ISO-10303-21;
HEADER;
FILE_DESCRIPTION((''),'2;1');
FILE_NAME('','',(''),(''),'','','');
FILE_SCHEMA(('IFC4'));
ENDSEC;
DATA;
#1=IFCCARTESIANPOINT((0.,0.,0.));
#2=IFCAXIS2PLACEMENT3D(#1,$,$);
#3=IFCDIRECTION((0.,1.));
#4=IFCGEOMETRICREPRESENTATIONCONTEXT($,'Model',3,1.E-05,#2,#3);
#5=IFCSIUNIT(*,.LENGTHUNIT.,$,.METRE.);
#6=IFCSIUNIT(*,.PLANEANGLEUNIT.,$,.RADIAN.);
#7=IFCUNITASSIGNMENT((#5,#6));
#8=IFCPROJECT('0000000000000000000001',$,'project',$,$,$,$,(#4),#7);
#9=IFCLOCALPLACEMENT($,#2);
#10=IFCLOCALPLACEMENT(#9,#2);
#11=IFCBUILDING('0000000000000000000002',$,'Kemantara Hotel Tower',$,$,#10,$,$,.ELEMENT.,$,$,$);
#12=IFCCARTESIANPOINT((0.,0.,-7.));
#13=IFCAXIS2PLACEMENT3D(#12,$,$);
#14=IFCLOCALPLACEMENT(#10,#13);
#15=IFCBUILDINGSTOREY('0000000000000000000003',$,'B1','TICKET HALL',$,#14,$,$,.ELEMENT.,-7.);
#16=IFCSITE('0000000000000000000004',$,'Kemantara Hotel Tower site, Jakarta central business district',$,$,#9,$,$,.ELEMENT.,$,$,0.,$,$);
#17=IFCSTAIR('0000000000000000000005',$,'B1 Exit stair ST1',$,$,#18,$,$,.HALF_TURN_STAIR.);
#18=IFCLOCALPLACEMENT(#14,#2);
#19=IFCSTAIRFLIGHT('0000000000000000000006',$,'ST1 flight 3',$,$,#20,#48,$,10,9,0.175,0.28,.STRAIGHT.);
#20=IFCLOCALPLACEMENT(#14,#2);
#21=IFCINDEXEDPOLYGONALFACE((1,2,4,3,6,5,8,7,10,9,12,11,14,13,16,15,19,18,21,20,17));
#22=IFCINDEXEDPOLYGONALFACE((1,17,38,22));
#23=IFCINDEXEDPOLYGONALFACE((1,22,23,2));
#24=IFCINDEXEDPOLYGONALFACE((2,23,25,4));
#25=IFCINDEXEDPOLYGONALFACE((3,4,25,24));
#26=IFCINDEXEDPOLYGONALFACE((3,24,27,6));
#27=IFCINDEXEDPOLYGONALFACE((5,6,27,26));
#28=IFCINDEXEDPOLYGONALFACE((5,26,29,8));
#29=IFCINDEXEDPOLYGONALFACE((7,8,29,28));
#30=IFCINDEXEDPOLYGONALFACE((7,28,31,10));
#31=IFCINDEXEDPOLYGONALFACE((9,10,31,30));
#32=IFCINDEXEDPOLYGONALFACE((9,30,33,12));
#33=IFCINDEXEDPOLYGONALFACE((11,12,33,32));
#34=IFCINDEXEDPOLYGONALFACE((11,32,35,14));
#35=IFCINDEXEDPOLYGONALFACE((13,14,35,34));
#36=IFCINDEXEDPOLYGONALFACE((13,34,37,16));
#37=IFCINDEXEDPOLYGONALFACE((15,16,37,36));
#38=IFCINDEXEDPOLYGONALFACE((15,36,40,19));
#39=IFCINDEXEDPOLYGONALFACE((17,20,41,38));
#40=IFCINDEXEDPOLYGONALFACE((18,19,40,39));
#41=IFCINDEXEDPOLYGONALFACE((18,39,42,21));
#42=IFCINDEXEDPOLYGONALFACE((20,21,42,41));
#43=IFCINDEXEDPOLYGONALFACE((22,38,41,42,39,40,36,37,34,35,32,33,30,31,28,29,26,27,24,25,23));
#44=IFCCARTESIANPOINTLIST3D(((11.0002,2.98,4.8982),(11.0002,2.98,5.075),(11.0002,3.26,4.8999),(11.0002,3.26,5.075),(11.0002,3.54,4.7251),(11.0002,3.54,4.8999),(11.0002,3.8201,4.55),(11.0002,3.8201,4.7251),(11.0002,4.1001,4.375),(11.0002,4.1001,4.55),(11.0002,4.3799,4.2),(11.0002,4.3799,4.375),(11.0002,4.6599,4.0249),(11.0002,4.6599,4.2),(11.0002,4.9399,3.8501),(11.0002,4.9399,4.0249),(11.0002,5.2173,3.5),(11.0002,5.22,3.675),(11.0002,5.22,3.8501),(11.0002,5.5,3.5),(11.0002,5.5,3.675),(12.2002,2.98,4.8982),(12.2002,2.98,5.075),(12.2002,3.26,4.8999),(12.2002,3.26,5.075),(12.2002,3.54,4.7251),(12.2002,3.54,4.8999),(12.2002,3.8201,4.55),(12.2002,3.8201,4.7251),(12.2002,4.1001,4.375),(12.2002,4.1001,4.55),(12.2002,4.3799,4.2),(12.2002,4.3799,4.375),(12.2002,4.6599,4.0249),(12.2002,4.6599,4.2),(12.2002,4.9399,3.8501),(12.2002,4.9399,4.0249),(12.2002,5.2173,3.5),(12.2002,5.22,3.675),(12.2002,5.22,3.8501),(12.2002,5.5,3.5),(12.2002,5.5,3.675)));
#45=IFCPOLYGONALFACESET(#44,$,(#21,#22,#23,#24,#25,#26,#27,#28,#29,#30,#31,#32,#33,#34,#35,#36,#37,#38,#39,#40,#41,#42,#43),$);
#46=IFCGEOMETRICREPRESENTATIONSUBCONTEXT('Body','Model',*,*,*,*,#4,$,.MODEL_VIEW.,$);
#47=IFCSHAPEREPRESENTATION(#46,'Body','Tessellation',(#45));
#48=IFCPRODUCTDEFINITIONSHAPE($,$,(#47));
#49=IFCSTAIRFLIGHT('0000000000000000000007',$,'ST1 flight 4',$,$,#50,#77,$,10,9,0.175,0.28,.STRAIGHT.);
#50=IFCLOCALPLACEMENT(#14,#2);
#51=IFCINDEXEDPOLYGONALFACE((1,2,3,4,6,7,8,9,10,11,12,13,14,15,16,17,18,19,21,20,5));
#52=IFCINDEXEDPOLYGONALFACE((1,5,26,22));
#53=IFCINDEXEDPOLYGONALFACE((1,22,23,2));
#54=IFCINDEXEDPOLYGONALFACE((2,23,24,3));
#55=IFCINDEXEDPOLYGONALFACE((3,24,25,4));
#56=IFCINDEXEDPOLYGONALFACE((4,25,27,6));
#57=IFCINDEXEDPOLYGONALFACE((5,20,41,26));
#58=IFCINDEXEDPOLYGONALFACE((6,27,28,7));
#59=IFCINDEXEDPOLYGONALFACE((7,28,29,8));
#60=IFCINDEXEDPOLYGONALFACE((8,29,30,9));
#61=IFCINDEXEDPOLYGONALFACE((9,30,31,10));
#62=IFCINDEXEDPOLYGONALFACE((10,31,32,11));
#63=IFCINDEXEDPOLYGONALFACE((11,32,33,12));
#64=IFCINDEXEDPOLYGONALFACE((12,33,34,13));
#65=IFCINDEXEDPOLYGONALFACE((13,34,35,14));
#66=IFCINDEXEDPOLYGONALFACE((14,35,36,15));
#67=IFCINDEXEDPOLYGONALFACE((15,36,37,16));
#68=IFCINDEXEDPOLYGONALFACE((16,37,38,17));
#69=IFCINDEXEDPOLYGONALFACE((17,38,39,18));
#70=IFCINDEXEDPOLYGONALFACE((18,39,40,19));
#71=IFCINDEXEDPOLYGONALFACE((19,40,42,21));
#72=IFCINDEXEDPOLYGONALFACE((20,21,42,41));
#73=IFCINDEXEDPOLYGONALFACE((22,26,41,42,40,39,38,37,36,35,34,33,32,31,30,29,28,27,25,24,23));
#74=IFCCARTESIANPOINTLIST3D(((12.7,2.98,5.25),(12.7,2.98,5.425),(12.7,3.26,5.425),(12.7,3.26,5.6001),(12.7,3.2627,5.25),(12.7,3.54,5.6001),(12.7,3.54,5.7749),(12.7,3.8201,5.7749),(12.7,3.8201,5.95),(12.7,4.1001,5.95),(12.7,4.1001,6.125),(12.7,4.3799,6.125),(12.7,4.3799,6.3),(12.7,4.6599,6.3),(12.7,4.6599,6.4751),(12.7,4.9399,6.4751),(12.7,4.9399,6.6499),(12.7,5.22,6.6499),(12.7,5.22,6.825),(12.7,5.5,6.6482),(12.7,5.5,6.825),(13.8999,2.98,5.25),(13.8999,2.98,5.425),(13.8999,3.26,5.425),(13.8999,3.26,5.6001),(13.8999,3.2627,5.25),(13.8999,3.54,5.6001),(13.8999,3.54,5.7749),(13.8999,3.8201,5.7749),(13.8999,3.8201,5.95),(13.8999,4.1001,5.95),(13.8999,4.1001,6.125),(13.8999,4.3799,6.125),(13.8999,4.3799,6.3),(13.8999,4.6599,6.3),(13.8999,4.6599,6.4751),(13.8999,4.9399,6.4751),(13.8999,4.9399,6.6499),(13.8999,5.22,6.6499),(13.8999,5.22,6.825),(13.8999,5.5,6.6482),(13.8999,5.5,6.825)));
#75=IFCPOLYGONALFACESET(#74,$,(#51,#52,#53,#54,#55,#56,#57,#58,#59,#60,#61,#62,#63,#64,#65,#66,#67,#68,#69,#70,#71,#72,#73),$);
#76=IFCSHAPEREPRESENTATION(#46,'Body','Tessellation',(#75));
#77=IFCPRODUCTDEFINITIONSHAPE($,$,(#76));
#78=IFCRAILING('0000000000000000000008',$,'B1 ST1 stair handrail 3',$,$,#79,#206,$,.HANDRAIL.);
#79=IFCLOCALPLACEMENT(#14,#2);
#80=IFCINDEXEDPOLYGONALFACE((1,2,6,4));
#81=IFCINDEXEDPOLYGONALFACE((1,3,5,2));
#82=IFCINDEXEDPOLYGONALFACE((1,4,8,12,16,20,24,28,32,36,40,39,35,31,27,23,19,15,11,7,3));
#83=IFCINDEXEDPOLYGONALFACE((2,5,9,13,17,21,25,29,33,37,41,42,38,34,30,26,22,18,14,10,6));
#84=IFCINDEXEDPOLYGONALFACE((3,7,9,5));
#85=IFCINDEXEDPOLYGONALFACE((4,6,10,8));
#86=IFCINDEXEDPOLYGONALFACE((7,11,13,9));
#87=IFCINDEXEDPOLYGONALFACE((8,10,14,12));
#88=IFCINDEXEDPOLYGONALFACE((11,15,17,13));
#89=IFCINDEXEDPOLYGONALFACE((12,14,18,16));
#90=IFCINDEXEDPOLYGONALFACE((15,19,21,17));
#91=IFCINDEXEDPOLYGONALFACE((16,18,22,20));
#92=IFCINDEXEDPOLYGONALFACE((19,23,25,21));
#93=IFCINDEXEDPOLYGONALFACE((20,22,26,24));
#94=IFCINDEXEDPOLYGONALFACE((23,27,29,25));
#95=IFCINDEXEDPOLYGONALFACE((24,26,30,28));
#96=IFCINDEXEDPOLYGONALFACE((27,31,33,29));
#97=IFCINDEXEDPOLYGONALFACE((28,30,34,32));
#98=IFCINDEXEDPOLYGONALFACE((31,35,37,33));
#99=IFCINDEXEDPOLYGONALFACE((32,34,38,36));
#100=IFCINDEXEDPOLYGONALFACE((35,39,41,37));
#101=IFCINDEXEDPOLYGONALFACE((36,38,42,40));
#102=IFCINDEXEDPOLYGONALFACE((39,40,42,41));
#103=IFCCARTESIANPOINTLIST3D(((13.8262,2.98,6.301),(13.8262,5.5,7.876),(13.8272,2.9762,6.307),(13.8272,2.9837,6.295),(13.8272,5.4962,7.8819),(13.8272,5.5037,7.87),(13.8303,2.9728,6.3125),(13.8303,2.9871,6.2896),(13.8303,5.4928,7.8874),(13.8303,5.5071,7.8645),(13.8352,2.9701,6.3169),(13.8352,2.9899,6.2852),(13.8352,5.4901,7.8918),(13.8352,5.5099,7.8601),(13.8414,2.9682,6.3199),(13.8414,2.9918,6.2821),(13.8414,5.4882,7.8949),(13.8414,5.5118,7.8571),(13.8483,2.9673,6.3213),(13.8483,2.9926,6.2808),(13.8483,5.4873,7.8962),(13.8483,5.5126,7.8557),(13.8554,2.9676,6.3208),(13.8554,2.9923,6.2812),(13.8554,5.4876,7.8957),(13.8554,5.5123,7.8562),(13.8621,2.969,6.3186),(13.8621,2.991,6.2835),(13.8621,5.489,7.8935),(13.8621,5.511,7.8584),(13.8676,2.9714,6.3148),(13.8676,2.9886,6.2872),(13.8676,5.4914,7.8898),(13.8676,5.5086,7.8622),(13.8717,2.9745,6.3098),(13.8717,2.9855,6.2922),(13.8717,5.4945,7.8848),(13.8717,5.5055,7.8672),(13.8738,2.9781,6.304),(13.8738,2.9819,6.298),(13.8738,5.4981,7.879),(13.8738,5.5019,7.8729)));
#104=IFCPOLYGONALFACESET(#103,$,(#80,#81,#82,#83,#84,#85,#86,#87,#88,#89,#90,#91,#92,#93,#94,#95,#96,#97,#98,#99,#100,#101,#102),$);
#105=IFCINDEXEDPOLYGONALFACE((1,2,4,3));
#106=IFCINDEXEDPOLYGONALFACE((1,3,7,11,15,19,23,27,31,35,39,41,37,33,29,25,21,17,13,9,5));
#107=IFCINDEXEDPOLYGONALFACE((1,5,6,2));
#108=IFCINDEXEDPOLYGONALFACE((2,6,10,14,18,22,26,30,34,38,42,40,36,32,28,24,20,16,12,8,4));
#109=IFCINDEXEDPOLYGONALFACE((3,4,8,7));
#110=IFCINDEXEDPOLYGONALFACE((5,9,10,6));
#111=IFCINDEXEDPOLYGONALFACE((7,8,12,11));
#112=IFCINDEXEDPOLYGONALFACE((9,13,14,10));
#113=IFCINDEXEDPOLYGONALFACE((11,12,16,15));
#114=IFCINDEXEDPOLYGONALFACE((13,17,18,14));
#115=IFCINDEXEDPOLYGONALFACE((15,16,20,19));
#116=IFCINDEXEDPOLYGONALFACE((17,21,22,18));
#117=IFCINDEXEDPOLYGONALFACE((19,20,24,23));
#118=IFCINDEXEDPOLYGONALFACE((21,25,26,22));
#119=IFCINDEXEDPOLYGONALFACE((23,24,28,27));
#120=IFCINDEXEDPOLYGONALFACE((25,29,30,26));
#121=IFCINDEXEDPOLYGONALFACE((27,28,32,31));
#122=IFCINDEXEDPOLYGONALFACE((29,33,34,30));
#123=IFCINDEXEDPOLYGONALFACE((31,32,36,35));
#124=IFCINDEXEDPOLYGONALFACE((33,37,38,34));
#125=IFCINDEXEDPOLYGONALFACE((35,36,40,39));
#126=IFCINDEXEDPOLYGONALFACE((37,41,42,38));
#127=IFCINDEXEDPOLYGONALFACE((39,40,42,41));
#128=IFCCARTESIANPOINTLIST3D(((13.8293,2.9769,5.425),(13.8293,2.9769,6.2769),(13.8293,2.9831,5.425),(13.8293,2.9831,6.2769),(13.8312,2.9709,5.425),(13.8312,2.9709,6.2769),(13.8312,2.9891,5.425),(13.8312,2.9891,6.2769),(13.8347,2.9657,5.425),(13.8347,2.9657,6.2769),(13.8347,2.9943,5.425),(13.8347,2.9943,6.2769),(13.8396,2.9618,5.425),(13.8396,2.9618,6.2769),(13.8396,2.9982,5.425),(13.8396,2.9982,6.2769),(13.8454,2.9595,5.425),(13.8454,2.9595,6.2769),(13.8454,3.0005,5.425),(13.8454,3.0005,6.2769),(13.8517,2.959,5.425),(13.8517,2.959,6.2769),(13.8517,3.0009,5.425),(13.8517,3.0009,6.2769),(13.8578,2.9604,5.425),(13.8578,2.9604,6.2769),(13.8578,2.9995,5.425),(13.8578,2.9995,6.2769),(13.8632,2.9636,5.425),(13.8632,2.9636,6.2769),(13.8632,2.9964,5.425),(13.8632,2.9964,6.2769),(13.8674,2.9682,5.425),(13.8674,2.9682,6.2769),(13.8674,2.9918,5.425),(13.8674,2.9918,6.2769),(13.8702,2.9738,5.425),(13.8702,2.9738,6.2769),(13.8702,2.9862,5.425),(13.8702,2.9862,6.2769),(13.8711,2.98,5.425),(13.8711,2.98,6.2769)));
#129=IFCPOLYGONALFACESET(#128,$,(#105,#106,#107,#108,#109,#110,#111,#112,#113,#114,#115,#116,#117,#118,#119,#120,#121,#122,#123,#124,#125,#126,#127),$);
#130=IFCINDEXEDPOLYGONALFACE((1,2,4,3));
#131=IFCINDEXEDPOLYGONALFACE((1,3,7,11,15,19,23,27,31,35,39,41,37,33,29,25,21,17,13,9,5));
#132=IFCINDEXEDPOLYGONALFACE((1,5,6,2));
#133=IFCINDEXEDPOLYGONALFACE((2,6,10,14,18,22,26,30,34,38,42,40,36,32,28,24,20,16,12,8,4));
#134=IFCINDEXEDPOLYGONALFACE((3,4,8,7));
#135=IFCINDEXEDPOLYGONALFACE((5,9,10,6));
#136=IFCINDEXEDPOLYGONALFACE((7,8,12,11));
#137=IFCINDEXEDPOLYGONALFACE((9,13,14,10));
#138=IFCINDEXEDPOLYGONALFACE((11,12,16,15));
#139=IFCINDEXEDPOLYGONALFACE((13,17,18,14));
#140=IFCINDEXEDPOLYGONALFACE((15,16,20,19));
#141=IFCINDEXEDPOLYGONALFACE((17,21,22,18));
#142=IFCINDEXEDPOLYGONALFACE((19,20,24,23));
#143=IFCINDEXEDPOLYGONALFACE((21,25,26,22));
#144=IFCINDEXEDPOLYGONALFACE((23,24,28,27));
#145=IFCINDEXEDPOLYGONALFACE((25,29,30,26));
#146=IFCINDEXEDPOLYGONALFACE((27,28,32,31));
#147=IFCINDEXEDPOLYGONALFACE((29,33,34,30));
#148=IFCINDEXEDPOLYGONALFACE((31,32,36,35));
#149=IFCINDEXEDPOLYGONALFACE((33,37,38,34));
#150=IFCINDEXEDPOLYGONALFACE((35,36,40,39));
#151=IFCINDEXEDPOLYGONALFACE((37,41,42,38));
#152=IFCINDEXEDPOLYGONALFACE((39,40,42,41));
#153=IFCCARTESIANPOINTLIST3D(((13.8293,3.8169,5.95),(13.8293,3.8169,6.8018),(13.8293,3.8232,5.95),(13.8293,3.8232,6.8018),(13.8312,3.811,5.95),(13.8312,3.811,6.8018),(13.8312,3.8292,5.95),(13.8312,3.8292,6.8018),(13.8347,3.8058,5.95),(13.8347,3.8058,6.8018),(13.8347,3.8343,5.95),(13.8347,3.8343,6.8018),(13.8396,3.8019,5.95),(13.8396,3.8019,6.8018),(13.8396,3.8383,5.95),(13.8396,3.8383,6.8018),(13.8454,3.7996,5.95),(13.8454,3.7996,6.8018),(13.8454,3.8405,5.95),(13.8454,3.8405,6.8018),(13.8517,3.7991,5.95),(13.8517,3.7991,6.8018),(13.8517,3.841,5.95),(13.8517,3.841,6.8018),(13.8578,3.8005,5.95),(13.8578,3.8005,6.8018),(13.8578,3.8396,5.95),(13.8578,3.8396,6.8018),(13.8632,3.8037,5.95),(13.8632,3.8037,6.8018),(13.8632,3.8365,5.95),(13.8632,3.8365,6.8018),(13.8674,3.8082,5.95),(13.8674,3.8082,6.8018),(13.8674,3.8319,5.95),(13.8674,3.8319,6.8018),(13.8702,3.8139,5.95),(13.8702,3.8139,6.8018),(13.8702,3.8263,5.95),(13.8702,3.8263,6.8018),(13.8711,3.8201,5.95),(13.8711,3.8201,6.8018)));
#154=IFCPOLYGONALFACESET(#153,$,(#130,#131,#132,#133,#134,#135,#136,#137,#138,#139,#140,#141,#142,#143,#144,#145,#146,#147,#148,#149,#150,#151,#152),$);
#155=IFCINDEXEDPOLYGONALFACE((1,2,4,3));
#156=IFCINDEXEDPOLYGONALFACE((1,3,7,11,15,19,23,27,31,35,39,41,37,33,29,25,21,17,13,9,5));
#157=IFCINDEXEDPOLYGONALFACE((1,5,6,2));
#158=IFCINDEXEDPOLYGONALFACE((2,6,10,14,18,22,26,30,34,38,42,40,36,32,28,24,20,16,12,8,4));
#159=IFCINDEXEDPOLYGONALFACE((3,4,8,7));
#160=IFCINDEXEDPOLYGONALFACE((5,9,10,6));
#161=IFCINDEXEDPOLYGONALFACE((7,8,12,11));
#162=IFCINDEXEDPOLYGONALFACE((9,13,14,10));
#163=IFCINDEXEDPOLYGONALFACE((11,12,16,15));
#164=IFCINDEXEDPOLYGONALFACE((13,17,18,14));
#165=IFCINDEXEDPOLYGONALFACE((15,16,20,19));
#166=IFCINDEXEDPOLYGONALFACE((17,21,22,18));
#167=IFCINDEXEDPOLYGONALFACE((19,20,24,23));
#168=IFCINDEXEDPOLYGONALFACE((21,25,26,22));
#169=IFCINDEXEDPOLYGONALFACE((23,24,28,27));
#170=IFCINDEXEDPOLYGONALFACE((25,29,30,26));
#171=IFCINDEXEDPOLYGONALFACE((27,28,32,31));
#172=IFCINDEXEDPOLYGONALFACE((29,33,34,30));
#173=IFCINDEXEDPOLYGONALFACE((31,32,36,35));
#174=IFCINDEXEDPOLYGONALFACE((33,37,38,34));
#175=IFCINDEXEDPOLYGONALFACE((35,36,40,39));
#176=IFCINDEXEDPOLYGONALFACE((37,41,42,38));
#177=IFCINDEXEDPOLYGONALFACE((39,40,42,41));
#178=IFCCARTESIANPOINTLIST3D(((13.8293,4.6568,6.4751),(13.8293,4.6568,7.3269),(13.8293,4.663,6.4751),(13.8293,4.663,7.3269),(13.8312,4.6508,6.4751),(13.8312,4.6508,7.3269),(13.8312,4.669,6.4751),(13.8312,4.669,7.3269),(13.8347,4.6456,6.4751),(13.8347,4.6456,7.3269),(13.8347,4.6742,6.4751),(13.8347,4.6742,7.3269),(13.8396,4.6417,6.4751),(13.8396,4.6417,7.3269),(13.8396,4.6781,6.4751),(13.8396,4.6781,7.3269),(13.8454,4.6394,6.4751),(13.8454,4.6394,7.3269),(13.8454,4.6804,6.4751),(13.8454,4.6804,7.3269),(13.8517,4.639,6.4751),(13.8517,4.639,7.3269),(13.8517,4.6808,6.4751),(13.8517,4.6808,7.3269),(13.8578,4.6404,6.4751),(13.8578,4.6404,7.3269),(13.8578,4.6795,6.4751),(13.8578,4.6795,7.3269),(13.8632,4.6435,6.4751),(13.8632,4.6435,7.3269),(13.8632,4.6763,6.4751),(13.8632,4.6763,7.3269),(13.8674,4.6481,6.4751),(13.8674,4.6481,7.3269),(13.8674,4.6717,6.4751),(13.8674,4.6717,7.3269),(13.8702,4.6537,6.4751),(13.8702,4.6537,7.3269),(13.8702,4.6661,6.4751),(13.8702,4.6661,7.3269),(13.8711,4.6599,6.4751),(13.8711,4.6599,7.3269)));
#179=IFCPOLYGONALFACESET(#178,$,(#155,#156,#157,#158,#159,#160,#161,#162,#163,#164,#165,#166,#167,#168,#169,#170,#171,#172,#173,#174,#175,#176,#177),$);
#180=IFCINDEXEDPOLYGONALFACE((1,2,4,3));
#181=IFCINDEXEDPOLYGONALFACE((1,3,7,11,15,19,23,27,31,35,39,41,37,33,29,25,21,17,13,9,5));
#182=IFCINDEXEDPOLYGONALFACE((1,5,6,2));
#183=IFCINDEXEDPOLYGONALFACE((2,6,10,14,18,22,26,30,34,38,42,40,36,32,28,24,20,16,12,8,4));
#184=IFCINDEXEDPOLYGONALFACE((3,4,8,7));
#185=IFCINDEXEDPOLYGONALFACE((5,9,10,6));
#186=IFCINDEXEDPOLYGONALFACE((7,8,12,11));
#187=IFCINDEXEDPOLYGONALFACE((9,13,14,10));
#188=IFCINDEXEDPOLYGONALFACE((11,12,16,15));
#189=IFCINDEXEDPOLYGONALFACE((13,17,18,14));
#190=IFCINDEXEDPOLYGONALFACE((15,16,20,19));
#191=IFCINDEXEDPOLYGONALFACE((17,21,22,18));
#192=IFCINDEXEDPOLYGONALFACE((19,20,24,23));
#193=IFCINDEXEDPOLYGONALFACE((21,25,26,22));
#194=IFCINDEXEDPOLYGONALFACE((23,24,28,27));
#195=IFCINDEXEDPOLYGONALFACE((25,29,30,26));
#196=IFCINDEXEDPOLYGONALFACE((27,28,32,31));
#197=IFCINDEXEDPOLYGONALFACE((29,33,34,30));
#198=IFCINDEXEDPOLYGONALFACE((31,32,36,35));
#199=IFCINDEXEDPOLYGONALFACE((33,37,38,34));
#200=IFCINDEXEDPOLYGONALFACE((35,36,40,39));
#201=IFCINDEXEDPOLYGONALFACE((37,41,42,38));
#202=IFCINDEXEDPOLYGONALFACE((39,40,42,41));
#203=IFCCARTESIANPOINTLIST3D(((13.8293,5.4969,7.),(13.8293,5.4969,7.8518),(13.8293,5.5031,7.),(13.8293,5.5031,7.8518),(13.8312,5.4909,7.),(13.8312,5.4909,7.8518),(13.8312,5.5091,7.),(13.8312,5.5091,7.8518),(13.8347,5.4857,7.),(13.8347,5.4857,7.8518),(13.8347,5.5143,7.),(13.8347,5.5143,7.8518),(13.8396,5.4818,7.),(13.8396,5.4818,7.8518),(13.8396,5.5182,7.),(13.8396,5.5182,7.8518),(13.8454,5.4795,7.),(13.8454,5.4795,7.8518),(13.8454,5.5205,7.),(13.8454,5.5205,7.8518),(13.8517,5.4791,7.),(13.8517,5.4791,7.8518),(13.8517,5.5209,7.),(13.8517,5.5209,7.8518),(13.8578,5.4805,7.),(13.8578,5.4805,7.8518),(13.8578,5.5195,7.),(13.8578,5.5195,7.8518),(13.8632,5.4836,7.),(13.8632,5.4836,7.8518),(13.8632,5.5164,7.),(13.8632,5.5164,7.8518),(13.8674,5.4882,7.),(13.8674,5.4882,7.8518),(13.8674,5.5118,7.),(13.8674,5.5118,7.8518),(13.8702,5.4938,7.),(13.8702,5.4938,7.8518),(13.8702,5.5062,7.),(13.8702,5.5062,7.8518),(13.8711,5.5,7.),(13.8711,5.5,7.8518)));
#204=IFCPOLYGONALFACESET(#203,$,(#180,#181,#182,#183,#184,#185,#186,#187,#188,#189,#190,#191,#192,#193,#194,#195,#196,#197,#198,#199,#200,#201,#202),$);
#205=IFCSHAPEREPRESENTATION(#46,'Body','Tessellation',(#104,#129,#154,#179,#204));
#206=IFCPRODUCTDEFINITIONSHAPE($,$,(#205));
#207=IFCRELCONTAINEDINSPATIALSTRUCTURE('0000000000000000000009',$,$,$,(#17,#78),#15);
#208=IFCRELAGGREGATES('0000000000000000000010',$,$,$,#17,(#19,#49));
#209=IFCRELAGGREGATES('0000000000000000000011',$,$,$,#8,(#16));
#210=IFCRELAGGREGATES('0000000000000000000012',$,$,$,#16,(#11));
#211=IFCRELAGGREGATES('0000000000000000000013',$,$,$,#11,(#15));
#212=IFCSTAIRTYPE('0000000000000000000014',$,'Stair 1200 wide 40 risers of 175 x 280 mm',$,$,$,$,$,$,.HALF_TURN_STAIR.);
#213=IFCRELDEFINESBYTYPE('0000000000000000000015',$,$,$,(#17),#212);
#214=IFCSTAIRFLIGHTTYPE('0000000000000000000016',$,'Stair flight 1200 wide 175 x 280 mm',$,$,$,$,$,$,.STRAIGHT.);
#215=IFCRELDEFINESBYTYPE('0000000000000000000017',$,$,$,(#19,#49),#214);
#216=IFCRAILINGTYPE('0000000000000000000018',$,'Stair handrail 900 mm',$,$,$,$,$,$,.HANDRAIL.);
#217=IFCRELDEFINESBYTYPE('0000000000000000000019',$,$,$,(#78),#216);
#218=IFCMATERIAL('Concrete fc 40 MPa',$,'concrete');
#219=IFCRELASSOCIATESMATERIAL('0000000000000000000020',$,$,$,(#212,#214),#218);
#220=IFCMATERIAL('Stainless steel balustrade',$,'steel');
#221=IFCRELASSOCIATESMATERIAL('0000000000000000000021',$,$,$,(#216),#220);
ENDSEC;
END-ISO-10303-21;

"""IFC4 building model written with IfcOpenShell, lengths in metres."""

from ifc_helpers import new_model, si_unit, direction, frame, origin, origin_2d, place, context, subcontext, project, spatial, polyline, circle, outline, extrude, material, type_object, element, aggregate, save


model = new_model("IFC4")

# Units and contexts
model_context = context("Model", 3, precision=1e-05, world=origin(), true_north=direction((0.0, 1.0)))
body_context = subcontext(model_context, "Body", "Model", "MODEL_VIEW")
ifc_project = project(units=[si_unit("LENGTHUNIT", "METRE"), si_unit("PLANEANGLEUNIT", "RADIAN")], contexts=[model_context])

# Site, building, storey
site_placement = place(None, origin())
site = spatial("IfcSite", under=ifc_project, at=site_placement, Name="Kemantara Hotel Tower site, Jakarta central business district", CompositionType="ELEMENT", RefElevation=0.0)
building_placement = place(site_placement, origin())
building = spatial("IfcBuilding", under=site, at=building_placement, Name="Kemantara Hotel Tower", CompositionType="ELEMENT")
storey_placement = place(building_placement, frame((0.0, 0.0, -7.0)))
storey = spatial("IfcBuildingStorey", under=building, at=storey_placement, Name="B1", Description="TICKET HALL", CompositionType="ELEMENT", Elevation=-7.0)

# Stair, stair flights
ifc_material_1 = material(Name="Concrete fc 40 MPa", Category="concrete")
stair_type = type_object("IfcStairType", Name="Stair 1200 wide 40 risers of 175 x 280 mm", PredefinedType="HALF_TURN_STAIR", material=ifc_material_1)
stair_placement = place(storey_placement, origin())
stair = element("IfcStair", 1, at=stair_placement, inside=storey, type_object=stair_type, Name="B1 Exit stair ST1", PredefinedType="HALF_TURN_STAIR")
stair_flight_type = type_object("IfcStairFlightType", Name="Stair flight 1200 wide 175 x 280 mm", PredefinedType="STRAIGHT", material=ifc_material_1)
stair_flight_1_placement = place(storey_placement, frame((11.6001, 5.5, 3.5), z_axis=(0.0, 0.0, 1.0), x_axis=(0.0, -1.0, 0.0)))
stair_flight_1 = element("IfcStairFlight", 2, at=stair_flight_1_placement, type_object=stair_flight_type, Name="ST1 flight 3", NumberOfRisers=10, NumberOfTreads=9, PredefinedType="STRAIGHT", RiserHeight=0.175, TreadLength=0.28, context=body_context, shape_type="SweptSolid", body=[
    extrude(outline(polyline([(0.0, 0.0), (0.0, 0.175), (0.28, 0.175), (0.28, 0.3501), (0.5601, 0.3501), (0.5601, 0.5249), (0.8401, 0.5249), (0.8401, 0.7), (1.1201, 0.7), (1.1201, 0.875), (1.3999, 0.875), (1.3999, 1.05), (1.6799, 1.05), (1.6799, 1.2251), (1.96, 1.2251), (1.96, 1.3999), (2.24, 1.3999), (2.24, 1.575), (2.52, 1.575), (2.52, 1.75), (2.52, 1.3982), (0.2827, 0.0), (0.0, 0.0)])), frame((0.0, 0.6001, 0.0), z_axis=(0.0, -1.0, 0.0), x_axis=(1.0, 0.0, 0.0)), (0.0, 0.0, 1.0), 1.2),
])
stair_flight_2_placement = place(storey_placement, frame((13.3, 2.98, 5.25), z_axis=(0.0, 0.0, 1.0), x_axis=(0.0, 1.0, 0.0)))
stair_flight_2 = element("IfcStairFlight", 3, at=stair_flight_2_placement, type_object=stair_flight_type, Name="ST1 flight 4", NumberOfRisers=10, NumberOfTreads=9, PredefinedType="STRAIGHT", RiserHeight=0.175, TreadLength=0.28, context=body_context, shape_type="SweptSolid", body=[
    extrude(outline(polyline([(0.0, 0.0), (0.0, 0.175), (0.28, 0.175), (0.28, 0.3501), (0.5601, 0.3501), (0.5601, 0.5249), (0.8401, 0.5249), (0.8401, 0.7), (1.1201, 0.7), (1.1201, 0.875), (1.3999, 0.875), (1.3999, 1.05), (1.6799, 1.05), (1.6799, 1.2251), (1.96, 1.2251), (1.96, 1.3999), (2.24, 1.3999), (2.24, 1.575), (2.52, 1.575), (2.52, 1.75), (2.52, 1.3982), (0.2827, 0.0), (0.0, 0.0)])), frame((0.0, 0.6001, 0.0), z_axis=(0.0, -1.0, 0.0), x_axis=(1.0, 0.0, 0.0)), (0.0, 0.0, 1.0), 1.2),
])
aggregate(stair, [stair_flight_1, stair_flight_2])

# Railing
ifc_material_2 = material(Name="Stainless steel balustrade", Category="steel")
railing_type_1 = type_object("IfcRailingType", Name="Stair handrail 900 mm", PredefinedType="HANDRAIL", material=ifc_material_2)
railing_1_placement = place(storey_placement, frame((13.8501, 2.98, 5.425)))
element("IfcRailing", 4, at=railing_1_placement, inside=storey, type_object=railing_type_1, Name="B1 ST1 stair handrail 3", PredefinedType="HANDRAIL", context=body_context, shape_type="SweptSolid", body=[
    extrude(circle(Radius=0.0239, at=origin_2d()), frame((0.0, 0.0, 0.876), z_axis=(0.0, 0.848008, 0.529984), x_axis=(-1.0, 0.0, 0.0)), (0.0, 0.0, 1.0), 2.9717),
    extrude(circle(Radius=0.021, at=origin_2d()), origin(), (0.0, 0.0, 1.0), 0.8518),
    extrude(circle(Radius=0.021, at=origin_2d()), frame((0.0, 0.8401, 0.5249)), (0.0, 0.0, 1.0), 0.8518),
    extrude(circle(Radius=0.021, at=origin_2d()), frame((0.0, 1.6799, 1.05)), (0.0, 0.0, 1.0), 0.8518),
    extrude(circle(Radius=0.021, at=origin_2d()), frame((0.0, 2.52, 1.575)), (0.0, 0.0, 1.0), 0.8518),
])

save(model, "model.ifc")
